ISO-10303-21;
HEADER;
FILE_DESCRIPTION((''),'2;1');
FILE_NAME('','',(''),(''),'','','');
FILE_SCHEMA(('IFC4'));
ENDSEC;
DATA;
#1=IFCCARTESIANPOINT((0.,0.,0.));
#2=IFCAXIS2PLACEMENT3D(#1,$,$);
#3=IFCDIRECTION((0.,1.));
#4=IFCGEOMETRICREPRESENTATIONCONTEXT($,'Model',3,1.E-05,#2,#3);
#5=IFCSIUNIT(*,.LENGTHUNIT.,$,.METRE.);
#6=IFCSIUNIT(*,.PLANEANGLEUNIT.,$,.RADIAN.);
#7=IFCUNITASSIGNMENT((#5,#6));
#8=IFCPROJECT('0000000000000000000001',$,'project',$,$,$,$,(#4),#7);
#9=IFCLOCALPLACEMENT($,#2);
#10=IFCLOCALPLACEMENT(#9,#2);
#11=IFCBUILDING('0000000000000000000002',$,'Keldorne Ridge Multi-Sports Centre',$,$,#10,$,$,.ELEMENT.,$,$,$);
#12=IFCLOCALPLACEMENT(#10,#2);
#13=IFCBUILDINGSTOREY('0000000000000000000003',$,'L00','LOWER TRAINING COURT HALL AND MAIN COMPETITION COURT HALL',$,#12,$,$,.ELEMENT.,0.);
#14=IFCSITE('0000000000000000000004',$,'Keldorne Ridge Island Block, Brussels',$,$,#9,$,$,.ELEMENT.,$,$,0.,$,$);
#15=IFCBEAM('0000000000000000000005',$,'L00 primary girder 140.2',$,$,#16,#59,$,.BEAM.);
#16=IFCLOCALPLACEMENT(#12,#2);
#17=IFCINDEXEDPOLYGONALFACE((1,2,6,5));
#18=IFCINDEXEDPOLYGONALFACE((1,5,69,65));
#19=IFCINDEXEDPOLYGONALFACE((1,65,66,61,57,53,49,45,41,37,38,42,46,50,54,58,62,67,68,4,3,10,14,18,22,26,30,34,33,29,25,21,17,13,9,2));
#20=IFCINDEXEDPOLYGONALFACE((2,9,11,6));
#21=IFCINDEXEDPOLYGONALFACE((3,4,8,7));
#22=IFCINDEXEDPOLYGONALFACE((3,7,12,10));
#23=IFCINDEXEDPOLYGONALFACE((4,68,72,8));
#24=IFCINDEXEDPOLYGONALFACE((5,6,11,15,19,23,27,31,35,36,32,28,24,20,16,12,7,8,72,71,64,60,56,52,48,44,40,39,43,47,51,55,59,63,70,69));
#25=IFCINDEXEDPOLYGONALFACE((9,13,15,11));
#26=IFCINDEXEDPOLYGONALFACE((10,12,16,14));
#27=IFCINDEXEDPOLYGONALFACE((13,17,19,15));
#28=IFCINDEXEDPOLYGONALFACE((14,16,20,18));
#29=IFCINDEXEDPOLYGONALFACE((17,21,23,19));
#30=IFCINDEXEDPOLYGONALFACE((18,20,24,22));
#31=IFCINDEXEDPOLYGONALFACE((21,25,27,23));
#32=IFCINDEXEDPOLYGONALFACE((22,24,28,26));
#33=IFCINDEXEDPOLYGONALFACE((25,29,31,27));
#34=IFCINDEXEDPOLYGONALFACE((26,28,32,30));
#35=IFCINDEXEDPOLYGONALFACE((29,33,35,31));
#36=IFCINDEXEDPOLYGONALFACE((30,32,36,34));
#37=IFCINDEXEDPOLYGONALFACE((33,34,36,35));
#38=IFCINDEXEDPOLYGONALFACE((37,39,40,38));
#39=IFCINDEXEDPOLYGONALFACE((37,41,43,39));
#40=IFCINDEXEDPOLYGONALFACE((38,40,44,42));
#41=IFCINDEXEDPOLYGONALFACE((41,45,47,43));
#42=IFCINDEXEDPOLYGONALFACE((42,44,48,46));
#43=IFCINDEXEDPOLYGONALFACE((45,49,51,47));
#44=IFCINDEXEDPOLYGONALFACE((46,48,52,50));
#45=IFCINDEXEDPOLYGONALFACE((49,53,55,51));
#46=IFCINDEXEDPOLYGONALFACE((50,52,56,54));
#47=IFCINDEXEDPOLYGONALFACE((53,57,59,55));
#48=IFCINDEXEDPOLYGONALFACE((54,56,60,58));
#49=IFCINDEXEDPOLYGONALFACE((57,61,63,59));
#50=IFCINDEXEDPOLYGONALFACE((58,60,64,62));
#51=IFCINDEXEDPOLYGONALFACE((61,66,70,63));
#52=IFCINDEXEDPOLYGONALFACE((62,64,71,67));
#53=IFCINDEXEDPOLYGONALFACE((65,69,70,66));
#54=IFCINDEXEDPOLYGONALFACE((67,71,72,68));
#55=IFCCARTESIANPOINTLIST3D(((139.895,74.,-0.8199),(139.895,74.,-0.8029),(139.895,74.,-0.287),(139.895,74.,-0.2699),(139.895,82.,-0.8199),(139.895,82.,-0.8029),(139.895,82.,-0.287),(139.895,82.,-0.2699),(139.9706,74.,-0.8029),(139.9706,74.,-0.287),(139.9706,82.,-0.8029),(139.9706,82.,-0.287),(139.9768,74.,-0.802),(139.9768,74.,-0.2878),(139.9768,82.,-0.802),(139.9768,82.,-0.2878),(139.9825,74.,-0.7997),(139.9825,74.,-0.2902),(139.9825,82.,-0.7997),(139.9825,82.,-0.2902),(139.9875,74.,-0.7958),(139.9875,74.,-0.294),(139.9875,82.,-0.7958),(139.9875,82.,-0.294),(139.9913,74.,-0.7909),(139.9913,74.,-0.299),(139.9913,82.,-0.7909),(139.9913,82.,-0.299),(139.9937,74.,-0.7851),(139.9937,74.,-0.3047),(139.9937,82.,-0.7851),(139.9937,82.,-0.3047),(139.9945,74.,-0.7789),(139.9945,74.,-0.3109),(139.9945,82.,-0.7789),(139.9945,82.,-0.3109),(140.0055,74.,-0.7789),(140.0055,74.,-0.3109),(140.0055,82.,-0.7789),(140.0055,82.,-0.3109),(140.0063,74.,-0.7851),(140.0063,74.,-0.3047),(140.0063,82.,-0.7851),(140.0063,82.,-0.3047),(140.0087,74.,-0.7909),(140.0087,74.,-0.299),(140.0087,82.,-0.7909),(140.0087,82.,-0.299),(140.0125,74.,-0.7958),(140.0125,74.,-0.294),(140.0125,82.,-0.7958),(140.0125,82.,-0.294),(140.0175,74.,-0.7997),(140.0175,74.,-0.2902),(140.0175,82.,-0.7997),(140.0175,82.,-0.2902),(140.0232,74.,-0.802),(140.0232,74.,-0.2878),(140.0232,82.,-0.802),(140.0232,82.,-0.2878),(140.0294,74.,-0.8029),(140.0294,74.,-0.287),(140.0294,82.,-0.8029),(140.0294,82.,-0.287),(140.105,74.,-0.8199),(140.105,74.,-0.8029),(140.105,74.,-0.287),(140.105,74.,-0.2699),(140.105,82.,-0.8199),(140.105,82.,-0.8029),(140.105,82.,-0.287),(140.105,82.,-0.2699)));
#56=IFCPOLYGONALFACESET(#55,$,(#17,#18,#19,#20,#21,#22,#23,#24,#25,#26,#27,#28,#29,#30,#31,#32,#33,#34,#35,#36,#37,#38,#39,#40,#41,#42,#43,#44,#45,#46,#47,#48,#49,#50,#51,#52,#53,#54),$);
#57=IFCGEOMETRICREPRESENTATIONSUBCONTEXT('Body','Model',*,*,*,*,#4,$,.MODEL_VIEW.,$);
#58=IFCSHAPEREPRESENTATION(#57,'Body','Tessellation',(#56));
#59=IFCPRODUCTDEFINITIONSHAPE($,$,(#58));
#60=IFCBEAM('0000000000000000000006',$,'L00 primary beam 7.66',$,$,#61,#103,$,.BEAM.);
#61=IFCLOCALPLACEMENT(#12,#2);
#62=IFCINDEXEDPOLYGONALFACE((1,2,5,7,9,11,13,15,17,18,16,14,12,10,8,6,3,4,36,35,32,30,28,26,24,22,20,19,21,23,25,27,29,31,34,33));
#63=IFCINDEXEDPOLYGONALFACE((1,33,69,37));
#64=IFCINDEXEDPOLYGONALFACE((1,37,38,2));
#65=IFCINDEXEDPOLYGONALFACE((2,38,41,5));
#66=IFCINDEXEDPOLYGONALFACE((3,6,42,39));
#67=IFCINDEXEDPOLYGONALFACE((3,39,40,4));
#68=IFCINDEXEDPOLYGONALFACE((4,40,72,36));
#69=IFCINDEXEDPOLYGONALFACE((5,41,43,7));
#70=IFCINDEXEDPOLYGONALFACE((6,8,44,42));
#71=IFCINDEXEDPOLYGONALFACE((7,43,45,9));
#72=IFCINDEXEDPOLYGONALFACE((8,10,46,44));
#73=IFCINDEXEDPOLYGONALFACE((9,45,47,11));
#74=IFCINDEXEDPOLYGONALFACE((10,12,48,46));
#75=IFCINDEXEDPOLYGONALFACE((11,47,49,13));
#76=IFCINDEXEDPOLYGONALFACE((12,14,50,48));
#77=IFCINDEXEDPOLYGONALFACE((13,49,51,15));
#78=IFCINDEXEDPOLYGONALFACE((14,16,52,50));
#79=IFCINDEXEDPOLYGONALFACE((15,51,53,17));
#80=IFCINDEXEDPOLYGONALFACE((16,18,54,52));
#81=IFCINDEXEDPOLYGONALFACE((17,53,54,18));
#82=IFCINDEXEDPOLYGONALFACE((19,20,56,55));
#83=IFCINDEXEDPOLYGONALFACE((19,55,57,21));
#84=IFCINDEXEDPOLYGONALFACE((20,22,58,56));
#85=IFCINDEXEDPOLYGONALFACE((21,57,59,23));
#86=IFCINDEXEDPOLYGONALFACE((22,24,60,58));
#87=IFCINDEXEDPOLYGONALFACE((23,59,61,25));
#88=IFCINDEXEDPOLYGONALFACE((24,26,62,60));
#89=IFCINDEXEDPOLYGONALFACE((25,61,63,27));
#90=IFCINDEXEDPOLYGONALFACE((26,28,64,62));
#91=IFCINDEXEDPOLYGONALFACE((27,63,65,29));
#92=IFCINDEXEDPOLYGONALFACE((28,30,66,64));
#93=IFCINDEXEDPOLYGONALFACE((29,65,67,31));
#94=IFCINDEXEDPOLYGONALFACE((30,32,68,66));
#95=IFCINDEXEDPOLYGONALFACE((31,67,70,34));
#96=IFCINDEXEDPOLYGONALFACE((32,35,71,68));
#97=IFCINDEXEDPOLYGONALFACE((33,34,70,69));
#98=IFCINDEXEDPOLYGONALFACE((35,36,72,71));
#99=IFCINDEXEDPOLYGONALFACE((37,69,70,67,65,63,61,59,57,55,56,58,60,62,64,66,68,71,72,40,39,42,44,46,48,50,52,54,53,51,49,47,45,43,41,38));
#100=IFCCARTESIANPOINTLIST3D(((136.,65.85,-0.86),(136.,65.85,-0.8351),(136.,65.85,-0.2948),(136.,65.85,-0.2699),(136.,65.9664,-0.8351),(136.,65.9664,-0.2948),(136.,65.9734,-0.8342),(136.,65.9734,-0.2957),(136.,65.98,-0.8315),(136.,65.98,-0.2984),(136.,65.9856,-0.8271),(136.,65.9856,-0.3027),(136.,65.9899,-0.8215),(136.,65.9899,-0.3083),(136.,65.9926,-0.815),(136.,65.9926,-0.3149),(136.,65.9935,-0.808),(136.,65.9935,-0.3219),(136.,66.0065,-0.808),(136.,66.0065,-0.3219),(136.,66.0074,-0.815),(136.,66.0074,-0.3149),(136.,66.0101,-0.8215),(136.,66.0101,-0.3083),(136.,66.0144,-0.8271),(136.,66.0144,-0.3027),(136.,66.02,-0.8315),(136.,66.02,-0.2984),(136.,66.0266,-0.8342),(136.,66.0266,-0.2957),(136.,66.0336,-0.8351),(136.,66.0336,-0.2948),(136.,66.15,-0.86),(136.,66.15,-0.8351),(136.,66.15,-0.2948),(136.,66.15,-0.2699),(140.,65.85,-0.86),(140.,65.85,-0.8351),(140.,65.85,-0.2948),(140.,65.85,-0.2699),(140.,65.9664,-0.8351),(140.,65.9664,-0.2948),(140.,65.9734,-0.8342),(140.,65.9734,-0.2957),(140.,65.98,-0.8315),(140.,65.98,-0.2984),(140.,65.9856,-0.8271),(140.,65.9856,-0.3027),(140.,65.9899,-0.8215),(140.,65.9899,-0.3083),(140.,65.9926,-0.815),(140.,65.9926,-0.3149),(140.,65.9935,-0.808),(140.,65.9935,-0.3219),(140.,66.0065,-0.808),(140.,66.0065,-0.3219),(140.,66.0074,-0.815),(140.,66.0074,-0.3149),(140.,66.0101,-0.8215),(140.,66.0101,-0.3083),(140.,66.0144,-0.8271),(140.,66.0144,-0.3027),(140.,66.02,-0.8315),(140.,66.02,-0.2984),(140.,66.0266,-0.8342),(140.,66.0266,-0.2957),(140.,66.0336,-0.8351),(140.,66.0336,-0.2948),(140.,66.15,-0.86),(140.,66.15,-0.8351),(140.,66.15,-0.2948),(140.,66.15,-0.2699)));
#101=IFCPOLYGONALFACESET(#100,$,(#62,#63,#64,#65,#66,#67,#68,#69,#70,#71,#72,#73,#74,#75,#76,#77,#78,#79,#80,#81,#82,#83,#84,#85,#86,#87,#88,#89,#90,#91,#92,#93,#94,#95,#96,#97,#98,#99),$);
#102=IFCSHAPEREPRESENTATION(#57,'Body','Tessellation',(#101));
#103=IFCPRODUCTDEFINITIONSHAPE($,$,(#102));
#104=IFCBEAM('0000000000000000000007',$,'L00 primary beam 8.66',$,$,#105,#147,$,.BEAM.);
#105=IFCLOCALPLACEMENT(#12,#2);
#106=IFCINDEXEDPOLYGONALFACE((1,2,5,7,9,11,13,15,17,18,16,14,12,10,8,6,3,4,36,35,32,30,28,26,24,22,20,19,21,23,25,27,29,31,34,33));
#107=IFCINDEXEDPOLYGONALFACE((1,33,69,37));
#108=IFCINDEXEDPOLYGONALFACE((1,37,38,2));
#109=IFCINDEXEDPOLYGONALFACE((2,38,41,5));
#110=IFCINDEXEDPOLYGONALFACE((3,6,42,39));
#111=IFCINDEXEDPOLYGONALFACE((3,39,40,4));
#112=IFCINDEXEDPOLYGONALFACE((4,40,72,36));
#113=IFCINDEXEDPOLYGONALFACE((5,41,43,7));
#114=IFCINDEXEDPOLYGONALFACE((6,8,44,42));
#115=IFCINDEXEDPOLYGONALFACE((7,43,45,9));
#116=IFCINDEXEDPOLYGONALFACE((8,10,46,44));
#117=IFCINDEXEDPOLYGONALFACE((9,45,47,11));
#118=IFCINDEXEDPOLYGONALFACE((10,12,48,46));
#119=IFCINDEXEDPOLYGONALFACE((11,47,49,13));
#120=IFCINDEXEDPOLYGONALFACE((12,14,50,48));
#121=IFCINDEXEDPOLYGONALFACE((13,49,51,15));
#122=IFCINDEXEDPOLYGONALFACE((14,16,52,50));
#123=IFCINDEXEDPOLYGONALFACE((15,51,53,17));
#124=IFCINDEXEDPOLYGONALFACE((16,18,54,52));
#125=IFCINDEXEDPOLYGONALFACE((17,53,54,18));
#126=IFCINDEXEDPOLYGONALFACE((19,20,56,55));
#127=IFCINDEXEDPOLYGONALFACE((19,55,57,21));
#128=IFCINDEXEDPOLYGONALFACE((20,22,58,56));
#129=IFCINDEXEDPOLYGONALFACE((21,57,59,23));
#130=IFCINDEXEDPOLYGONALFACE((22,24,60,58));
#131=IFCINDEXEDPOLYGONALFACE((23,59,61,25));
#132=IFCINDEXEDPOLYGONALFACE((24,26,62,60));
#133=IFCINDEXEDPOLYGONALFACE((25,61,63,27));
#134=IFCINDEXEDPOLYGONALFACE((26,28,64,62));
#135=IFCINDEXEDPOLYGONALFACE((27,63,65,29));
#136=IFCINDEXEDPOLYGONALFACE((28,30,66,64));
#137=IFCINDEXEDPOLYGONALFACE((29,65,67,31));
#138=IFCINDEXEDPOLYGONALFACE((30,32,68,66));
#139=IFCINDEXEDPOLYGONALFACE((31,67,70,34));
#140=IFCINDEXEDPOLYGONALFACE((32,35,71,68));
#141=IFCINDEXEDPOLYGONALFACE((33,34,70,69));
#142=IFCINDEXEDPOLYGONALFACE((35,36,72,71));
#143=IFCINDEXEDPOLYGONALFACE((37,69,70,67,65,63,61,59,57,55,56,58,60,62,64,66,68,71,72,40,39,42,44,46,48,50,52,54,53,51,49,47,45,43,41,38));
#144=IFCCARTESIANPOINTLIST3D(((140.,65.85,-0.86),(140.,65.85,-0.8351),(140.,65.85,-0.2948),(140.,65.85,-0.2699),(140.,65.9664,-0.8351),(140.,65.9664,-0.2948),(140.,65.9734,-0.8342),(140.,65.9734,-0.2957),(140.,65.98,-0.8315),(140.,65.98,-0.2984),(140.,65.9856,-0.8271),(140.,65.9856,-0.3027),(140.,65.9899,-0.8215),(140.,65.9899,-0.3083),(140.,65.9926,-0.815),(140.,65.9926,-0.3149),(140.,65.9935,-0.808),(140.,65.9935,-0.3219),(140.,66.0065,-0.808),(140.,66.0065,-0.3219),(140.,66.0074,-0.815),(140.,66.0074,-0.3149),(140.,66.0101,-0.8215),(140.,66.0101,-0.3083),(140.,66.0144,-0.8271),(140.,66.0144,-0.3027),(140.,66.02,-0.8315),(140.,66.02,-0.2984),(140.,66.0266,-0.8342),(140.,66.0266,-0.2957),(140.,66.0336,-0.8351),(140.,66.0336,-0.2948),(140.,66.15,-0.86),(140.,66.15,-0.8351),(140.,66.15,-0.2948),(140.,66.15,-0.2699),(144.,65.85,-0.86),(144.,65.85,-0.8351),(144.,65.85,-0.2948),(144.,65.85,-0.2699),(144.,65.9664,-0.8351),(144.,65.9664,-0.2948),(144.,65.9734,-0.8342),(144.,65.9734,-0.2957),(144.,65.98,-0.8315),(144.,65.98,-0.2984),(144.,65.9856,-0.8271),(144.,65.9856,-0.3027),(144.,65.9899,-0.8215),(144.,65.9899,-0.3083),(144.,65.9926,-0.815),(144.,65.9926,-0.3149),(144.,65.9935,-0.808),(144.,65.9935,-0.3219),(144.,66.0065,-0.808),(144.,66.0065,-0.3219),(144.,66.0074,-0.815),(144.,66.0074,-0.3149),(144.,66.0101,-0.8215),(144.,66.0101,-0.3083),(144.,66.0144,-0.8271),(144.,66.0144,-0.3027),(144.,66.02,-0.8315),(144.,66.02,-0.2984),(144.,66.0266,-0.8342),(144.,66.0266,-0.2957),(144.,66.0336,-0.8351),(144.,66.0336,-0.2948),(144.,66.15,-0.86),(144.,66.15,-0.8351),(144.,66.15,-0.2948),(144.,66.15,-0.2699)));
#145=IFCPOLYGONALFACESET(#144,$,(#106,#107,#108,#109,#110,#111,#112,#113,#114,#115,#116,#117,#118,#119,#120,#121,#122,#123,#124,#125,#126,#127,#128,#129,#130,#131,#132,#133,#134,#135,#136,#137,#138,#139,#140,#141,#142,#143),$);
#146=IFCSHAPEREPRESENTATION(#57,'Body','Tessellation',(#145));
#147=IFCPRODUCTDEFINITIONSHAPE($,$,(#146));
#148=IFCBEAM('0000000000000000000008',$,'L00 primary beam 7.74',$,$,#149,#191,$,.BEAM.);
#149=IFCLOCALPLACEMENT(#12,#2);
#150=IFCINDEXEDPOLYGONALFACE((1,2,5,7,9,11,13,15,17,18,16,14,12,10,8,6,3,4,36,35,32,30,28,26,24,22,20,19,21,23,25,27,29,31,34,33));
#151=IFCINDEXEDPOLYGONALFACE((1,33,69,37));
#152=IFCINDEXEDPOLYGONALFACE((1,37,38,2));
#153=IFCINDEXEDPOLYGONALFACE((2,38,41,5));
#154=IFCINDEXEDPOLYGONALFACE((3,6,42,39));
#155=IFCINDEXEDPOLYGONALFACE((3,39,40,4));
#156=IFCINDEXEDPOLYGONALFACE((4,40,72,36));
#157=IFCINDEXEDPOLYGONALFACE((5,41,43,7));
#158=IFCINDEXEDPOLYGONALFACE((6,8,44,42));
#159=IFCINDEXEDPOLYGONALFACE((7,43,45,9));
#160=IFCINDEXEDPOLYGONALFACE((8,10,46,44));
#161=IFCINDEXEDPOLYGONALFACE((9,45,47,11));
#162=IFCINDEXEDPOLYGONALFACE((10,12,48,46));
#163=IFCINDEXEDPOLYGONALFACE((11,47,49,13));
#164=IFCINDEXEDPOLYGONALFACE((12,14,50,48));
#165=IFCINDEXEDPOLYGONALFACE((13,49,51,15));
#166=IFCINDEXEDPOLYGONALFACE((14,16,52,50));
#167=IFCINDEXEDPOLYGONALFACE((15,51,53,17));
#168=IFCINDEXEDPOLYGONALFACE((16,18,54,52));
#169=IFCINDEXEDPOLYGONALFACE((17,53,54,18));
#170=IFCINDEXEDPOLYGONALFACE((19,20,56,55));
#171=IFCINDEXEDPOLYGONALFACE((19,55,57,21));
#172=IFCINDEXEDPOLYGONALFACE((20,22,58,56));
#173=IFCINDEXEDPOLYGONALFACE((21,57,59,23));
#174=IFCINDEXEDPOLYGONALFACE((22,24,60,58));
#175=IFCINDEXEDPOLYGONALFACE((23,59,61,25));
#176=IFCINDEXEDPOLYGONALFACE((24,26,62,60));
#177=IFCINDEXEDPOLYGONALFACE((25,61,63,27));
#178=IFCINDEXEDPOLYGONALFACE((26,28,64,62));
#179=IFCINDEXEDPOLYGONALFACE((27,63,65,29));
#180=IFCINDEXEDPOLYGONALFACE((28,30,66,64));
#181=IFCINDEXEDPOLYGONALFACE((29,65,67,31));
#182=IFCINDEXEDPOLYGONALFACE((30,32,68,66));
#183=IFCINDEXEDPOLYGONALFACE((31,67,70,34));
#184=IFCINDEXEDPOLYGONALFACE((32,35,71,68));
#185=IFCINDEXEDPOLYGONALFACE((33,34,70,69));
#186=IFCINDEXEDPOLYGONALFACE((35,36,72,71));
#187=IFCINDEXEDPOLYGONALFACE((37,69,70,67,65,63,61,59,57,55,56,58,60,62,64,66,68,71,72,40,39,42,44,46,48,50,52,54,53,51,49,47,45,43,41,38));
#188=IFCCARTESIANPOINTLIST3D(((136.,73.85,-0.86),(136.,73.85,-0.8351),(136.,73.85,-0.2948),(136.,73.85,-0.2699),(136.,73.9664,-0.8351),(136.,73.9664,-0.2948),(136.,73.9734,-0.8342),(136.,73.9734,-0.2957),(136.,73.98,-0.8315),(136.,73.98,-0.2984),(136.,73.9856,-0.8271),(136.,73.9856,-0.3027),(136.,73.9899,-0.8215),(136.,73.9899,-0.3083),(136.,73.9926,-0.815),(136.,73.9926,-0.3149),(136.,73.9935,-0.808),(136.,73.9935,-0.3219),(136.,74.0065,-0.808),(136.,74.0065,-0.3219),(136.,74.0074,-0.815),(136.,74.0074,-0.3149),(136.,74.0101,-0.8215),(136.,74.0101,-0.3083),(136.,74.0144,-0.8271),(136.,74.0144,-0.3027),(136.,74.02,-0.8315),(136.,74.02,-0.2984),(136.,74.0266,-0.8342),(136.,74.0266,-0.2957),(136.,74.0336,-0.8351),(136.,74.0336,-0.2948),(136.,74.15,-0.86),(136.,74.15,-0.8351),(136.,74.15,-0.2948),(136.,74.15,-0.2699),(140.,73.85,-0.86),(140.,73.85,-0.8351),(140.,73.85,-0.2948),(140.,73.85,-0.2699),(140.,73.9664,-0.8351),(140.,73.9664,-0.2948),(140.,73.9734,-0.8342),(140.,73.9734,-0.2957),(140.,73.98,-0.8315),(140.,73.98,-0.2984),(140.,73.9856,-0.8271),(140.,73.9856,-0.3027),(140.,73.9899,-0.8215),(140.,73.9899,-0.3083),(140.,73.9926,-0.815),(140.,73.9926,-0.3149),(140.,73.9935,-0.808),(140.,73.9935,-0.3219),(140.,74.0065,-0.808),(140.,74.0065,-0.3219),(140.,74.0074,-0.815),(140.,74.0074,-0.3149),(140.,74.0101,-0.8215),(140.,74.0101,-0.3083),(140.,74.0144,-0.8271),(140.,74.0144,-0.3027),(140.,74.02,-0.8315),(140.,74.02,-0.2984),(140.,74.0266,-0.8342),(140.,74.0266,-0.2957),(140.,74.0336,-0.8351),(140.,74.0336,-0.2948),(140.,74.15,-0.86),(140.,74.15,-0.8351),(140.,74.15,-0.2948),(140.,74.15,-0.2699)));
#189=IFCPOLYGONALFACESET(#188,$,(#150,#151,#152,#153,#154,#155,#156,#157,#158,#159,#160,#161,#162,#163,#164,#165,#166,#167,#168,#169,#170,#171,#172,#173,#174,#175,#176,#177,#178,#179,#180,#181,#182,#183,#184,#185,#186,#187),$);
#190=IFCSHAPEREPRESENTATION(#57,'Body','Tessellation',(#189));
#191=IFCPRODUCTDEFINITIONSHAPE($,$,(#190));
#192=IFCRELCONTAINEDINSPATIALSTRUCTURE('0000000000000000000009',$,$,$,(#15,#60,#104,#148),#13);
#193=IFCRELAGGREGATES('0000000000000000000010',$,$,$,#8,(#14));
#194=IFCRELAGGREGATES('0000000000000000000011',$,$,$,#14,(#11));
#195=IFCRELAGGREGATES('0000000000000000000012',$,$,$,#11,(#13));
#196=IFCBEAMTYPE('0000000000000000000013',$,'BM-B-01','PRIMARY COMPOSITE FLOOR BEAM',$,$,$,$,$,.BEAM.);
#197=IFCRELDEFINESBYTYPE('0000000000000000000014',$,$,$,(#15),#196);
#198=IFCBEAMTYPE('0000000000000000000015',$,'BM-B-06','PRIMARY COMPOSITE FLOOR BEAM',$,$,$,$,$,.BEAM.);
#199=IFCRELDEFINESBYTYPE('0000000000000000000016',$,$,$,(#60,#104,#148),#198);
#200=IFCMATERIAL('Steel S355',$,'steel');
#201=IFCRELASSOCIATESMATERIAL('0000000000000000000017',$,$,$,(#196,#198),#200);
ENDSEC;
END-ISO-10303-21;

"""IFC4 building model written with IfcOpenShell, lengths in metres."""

from ifc_helpers import new_model, si_unit, direction, frame, origin, origin_2d, place, context, subcontext, project, spatial, i_section, extrude, material, material_profile, profile_set, type_object, element, save


model = new_model("IFC4")

# Units and contexts
model_context = context("Model", 3, precision=1e-05, world=origin(), true_north=direction((0.0, 1.0)))
body_context = subcontext(model_context, "Body", "Model", "MODEL_VIEW")
ifc_project = project(units=[si_unit("LENGTHUNIT", "METRE"), si_unit("PLANEANGLEUNIT", "RADIAN")], contexts=[model_context])

# Site, building, storey
site_placement = place(None, origin())
site = spatial("IfcSite", under=ifc_project, at=site_placement, Name="Keldorne Ridge Island Block, Brussels", CompositionType="ELEMENT", RefElevation=0.0)
building_placement = place(site_placement, origin())
building = spatial("IfcBuilding", under=site, at=building_placement, Name="Keldorne Ridge Multi-Sports Centre", CompositionType="ELEMENT")
storey_placement = place(building_placement, origin())
storey = spatial("IfcBuildingStorey", under=building, at=storey_placement, Name="L00", Description="LOWER TRAINING COURT HALL AND MAIN COMPETITION COURT HALL", CompositionType="ELEMENT", Elevation=0.0)

# Shared definitions
ifc_material_1 = material(Name="Steel S355", Category="steel")

# Beams
ifc_material_profile_1 = material_profile(ifc_material_1, i_section(OverallWidth=0.21, OverallDepth=0.55, WebThickness=0.011, FlangeThickness=0.0171, FilletRadius=0.0239, at=origin_2d()), Name="IPE 550")
ifc_profile_set_1 = profile_set([ifc_material_profile_1], Name="Steel S355")
beam_type_1 = type_object("IfcBeamType", Name="BM-B-01", Description="PRIMARY COMPOSITE FLOOR BEAM", PredefinedType="BEAM", material=ifc_profile_set_1)
for number, where, z_axis, x_axis, name in (
    (1, (140.0, 74.0, -0.5449), (0.0, 1.0, 0.0), (-1.0, 0.0, 0.0), "L00 primary girder 140.2"),
):
    element("IfcBeam", number, at=place(storey_placement, frame(where, z_axis=z_axis, x_axis=x_axis)), inside=storey, type_object=beam_type_1, Name=name, PredefinedType="BEAM", context=body_context, shape_type="SweptSolid", body=[
        extrude(i_section(OverallWidth=0.21, OverallDepth=0.55, WebThickness=0.011, FlangeThickness=0.0171, FilletRadius=0.0239, at=origin_2d()), origin(), (0.0, 0.0, 1.0), 8.0),
    ])
ifc_material_profile_2 = material_profile(ifc_material_1, i_section(OverallWidth=0.3, OverallDepth=0.5901, WebThickness=0.0129, FlangeThickness=0.0249, FilletRadius=0.0271, at=origin_2d()), Name="HEA 600")
ifc_profile_set_2 = profile_set([ifc_material_profile_2], Name="Steel S355")
beam_type_2 = type_object("IfcBeamType", Name="BM-B-06", Description="PRIMARY COMPOSITE FLOOR BEAM", PredefinedType="BEAM", material=ifc_profile_set_2)
for number, where, z_axis, x_axis, name in (
    (2, (136.0, 66.0, -0.5649), (1.0, 0.0, 0.0), (0.0, 1.0, 0.0), "L00 primary beam 7.66"),
    (3, (140.0, 66.0, -0.5649), (1.0, 0.0, 0.0), (0.0, 1.0, 0.0), "L00 primary beam 8.66"),
    (4, (136.0, 74.0, -0.5649), (1.0, 0.0, 0.0), (0.0, 1.0, 0.0), "L00 primary beam 7.74"),
):
    element("IfcBeam", number, at=place(storey_placement, frame(where, z_axis=z_axis, x_axis=x_axis)), inside=storey, type_object=beam_type_2, Name=name, PredefinedType="BEAM", context=body_context, shape_type="SweptSolid", body=[
        extrude(i_section(OverallWidth=0.3, OverallDepth=0.5901, WebThickness=0.0129, FlangeThickness=0.0249, FilletRadius=0.0271, at=origin_2d()), origin(), (0.0, 0.0, 1.0), 4.0),
    ])

save(model, "model.ifc")
